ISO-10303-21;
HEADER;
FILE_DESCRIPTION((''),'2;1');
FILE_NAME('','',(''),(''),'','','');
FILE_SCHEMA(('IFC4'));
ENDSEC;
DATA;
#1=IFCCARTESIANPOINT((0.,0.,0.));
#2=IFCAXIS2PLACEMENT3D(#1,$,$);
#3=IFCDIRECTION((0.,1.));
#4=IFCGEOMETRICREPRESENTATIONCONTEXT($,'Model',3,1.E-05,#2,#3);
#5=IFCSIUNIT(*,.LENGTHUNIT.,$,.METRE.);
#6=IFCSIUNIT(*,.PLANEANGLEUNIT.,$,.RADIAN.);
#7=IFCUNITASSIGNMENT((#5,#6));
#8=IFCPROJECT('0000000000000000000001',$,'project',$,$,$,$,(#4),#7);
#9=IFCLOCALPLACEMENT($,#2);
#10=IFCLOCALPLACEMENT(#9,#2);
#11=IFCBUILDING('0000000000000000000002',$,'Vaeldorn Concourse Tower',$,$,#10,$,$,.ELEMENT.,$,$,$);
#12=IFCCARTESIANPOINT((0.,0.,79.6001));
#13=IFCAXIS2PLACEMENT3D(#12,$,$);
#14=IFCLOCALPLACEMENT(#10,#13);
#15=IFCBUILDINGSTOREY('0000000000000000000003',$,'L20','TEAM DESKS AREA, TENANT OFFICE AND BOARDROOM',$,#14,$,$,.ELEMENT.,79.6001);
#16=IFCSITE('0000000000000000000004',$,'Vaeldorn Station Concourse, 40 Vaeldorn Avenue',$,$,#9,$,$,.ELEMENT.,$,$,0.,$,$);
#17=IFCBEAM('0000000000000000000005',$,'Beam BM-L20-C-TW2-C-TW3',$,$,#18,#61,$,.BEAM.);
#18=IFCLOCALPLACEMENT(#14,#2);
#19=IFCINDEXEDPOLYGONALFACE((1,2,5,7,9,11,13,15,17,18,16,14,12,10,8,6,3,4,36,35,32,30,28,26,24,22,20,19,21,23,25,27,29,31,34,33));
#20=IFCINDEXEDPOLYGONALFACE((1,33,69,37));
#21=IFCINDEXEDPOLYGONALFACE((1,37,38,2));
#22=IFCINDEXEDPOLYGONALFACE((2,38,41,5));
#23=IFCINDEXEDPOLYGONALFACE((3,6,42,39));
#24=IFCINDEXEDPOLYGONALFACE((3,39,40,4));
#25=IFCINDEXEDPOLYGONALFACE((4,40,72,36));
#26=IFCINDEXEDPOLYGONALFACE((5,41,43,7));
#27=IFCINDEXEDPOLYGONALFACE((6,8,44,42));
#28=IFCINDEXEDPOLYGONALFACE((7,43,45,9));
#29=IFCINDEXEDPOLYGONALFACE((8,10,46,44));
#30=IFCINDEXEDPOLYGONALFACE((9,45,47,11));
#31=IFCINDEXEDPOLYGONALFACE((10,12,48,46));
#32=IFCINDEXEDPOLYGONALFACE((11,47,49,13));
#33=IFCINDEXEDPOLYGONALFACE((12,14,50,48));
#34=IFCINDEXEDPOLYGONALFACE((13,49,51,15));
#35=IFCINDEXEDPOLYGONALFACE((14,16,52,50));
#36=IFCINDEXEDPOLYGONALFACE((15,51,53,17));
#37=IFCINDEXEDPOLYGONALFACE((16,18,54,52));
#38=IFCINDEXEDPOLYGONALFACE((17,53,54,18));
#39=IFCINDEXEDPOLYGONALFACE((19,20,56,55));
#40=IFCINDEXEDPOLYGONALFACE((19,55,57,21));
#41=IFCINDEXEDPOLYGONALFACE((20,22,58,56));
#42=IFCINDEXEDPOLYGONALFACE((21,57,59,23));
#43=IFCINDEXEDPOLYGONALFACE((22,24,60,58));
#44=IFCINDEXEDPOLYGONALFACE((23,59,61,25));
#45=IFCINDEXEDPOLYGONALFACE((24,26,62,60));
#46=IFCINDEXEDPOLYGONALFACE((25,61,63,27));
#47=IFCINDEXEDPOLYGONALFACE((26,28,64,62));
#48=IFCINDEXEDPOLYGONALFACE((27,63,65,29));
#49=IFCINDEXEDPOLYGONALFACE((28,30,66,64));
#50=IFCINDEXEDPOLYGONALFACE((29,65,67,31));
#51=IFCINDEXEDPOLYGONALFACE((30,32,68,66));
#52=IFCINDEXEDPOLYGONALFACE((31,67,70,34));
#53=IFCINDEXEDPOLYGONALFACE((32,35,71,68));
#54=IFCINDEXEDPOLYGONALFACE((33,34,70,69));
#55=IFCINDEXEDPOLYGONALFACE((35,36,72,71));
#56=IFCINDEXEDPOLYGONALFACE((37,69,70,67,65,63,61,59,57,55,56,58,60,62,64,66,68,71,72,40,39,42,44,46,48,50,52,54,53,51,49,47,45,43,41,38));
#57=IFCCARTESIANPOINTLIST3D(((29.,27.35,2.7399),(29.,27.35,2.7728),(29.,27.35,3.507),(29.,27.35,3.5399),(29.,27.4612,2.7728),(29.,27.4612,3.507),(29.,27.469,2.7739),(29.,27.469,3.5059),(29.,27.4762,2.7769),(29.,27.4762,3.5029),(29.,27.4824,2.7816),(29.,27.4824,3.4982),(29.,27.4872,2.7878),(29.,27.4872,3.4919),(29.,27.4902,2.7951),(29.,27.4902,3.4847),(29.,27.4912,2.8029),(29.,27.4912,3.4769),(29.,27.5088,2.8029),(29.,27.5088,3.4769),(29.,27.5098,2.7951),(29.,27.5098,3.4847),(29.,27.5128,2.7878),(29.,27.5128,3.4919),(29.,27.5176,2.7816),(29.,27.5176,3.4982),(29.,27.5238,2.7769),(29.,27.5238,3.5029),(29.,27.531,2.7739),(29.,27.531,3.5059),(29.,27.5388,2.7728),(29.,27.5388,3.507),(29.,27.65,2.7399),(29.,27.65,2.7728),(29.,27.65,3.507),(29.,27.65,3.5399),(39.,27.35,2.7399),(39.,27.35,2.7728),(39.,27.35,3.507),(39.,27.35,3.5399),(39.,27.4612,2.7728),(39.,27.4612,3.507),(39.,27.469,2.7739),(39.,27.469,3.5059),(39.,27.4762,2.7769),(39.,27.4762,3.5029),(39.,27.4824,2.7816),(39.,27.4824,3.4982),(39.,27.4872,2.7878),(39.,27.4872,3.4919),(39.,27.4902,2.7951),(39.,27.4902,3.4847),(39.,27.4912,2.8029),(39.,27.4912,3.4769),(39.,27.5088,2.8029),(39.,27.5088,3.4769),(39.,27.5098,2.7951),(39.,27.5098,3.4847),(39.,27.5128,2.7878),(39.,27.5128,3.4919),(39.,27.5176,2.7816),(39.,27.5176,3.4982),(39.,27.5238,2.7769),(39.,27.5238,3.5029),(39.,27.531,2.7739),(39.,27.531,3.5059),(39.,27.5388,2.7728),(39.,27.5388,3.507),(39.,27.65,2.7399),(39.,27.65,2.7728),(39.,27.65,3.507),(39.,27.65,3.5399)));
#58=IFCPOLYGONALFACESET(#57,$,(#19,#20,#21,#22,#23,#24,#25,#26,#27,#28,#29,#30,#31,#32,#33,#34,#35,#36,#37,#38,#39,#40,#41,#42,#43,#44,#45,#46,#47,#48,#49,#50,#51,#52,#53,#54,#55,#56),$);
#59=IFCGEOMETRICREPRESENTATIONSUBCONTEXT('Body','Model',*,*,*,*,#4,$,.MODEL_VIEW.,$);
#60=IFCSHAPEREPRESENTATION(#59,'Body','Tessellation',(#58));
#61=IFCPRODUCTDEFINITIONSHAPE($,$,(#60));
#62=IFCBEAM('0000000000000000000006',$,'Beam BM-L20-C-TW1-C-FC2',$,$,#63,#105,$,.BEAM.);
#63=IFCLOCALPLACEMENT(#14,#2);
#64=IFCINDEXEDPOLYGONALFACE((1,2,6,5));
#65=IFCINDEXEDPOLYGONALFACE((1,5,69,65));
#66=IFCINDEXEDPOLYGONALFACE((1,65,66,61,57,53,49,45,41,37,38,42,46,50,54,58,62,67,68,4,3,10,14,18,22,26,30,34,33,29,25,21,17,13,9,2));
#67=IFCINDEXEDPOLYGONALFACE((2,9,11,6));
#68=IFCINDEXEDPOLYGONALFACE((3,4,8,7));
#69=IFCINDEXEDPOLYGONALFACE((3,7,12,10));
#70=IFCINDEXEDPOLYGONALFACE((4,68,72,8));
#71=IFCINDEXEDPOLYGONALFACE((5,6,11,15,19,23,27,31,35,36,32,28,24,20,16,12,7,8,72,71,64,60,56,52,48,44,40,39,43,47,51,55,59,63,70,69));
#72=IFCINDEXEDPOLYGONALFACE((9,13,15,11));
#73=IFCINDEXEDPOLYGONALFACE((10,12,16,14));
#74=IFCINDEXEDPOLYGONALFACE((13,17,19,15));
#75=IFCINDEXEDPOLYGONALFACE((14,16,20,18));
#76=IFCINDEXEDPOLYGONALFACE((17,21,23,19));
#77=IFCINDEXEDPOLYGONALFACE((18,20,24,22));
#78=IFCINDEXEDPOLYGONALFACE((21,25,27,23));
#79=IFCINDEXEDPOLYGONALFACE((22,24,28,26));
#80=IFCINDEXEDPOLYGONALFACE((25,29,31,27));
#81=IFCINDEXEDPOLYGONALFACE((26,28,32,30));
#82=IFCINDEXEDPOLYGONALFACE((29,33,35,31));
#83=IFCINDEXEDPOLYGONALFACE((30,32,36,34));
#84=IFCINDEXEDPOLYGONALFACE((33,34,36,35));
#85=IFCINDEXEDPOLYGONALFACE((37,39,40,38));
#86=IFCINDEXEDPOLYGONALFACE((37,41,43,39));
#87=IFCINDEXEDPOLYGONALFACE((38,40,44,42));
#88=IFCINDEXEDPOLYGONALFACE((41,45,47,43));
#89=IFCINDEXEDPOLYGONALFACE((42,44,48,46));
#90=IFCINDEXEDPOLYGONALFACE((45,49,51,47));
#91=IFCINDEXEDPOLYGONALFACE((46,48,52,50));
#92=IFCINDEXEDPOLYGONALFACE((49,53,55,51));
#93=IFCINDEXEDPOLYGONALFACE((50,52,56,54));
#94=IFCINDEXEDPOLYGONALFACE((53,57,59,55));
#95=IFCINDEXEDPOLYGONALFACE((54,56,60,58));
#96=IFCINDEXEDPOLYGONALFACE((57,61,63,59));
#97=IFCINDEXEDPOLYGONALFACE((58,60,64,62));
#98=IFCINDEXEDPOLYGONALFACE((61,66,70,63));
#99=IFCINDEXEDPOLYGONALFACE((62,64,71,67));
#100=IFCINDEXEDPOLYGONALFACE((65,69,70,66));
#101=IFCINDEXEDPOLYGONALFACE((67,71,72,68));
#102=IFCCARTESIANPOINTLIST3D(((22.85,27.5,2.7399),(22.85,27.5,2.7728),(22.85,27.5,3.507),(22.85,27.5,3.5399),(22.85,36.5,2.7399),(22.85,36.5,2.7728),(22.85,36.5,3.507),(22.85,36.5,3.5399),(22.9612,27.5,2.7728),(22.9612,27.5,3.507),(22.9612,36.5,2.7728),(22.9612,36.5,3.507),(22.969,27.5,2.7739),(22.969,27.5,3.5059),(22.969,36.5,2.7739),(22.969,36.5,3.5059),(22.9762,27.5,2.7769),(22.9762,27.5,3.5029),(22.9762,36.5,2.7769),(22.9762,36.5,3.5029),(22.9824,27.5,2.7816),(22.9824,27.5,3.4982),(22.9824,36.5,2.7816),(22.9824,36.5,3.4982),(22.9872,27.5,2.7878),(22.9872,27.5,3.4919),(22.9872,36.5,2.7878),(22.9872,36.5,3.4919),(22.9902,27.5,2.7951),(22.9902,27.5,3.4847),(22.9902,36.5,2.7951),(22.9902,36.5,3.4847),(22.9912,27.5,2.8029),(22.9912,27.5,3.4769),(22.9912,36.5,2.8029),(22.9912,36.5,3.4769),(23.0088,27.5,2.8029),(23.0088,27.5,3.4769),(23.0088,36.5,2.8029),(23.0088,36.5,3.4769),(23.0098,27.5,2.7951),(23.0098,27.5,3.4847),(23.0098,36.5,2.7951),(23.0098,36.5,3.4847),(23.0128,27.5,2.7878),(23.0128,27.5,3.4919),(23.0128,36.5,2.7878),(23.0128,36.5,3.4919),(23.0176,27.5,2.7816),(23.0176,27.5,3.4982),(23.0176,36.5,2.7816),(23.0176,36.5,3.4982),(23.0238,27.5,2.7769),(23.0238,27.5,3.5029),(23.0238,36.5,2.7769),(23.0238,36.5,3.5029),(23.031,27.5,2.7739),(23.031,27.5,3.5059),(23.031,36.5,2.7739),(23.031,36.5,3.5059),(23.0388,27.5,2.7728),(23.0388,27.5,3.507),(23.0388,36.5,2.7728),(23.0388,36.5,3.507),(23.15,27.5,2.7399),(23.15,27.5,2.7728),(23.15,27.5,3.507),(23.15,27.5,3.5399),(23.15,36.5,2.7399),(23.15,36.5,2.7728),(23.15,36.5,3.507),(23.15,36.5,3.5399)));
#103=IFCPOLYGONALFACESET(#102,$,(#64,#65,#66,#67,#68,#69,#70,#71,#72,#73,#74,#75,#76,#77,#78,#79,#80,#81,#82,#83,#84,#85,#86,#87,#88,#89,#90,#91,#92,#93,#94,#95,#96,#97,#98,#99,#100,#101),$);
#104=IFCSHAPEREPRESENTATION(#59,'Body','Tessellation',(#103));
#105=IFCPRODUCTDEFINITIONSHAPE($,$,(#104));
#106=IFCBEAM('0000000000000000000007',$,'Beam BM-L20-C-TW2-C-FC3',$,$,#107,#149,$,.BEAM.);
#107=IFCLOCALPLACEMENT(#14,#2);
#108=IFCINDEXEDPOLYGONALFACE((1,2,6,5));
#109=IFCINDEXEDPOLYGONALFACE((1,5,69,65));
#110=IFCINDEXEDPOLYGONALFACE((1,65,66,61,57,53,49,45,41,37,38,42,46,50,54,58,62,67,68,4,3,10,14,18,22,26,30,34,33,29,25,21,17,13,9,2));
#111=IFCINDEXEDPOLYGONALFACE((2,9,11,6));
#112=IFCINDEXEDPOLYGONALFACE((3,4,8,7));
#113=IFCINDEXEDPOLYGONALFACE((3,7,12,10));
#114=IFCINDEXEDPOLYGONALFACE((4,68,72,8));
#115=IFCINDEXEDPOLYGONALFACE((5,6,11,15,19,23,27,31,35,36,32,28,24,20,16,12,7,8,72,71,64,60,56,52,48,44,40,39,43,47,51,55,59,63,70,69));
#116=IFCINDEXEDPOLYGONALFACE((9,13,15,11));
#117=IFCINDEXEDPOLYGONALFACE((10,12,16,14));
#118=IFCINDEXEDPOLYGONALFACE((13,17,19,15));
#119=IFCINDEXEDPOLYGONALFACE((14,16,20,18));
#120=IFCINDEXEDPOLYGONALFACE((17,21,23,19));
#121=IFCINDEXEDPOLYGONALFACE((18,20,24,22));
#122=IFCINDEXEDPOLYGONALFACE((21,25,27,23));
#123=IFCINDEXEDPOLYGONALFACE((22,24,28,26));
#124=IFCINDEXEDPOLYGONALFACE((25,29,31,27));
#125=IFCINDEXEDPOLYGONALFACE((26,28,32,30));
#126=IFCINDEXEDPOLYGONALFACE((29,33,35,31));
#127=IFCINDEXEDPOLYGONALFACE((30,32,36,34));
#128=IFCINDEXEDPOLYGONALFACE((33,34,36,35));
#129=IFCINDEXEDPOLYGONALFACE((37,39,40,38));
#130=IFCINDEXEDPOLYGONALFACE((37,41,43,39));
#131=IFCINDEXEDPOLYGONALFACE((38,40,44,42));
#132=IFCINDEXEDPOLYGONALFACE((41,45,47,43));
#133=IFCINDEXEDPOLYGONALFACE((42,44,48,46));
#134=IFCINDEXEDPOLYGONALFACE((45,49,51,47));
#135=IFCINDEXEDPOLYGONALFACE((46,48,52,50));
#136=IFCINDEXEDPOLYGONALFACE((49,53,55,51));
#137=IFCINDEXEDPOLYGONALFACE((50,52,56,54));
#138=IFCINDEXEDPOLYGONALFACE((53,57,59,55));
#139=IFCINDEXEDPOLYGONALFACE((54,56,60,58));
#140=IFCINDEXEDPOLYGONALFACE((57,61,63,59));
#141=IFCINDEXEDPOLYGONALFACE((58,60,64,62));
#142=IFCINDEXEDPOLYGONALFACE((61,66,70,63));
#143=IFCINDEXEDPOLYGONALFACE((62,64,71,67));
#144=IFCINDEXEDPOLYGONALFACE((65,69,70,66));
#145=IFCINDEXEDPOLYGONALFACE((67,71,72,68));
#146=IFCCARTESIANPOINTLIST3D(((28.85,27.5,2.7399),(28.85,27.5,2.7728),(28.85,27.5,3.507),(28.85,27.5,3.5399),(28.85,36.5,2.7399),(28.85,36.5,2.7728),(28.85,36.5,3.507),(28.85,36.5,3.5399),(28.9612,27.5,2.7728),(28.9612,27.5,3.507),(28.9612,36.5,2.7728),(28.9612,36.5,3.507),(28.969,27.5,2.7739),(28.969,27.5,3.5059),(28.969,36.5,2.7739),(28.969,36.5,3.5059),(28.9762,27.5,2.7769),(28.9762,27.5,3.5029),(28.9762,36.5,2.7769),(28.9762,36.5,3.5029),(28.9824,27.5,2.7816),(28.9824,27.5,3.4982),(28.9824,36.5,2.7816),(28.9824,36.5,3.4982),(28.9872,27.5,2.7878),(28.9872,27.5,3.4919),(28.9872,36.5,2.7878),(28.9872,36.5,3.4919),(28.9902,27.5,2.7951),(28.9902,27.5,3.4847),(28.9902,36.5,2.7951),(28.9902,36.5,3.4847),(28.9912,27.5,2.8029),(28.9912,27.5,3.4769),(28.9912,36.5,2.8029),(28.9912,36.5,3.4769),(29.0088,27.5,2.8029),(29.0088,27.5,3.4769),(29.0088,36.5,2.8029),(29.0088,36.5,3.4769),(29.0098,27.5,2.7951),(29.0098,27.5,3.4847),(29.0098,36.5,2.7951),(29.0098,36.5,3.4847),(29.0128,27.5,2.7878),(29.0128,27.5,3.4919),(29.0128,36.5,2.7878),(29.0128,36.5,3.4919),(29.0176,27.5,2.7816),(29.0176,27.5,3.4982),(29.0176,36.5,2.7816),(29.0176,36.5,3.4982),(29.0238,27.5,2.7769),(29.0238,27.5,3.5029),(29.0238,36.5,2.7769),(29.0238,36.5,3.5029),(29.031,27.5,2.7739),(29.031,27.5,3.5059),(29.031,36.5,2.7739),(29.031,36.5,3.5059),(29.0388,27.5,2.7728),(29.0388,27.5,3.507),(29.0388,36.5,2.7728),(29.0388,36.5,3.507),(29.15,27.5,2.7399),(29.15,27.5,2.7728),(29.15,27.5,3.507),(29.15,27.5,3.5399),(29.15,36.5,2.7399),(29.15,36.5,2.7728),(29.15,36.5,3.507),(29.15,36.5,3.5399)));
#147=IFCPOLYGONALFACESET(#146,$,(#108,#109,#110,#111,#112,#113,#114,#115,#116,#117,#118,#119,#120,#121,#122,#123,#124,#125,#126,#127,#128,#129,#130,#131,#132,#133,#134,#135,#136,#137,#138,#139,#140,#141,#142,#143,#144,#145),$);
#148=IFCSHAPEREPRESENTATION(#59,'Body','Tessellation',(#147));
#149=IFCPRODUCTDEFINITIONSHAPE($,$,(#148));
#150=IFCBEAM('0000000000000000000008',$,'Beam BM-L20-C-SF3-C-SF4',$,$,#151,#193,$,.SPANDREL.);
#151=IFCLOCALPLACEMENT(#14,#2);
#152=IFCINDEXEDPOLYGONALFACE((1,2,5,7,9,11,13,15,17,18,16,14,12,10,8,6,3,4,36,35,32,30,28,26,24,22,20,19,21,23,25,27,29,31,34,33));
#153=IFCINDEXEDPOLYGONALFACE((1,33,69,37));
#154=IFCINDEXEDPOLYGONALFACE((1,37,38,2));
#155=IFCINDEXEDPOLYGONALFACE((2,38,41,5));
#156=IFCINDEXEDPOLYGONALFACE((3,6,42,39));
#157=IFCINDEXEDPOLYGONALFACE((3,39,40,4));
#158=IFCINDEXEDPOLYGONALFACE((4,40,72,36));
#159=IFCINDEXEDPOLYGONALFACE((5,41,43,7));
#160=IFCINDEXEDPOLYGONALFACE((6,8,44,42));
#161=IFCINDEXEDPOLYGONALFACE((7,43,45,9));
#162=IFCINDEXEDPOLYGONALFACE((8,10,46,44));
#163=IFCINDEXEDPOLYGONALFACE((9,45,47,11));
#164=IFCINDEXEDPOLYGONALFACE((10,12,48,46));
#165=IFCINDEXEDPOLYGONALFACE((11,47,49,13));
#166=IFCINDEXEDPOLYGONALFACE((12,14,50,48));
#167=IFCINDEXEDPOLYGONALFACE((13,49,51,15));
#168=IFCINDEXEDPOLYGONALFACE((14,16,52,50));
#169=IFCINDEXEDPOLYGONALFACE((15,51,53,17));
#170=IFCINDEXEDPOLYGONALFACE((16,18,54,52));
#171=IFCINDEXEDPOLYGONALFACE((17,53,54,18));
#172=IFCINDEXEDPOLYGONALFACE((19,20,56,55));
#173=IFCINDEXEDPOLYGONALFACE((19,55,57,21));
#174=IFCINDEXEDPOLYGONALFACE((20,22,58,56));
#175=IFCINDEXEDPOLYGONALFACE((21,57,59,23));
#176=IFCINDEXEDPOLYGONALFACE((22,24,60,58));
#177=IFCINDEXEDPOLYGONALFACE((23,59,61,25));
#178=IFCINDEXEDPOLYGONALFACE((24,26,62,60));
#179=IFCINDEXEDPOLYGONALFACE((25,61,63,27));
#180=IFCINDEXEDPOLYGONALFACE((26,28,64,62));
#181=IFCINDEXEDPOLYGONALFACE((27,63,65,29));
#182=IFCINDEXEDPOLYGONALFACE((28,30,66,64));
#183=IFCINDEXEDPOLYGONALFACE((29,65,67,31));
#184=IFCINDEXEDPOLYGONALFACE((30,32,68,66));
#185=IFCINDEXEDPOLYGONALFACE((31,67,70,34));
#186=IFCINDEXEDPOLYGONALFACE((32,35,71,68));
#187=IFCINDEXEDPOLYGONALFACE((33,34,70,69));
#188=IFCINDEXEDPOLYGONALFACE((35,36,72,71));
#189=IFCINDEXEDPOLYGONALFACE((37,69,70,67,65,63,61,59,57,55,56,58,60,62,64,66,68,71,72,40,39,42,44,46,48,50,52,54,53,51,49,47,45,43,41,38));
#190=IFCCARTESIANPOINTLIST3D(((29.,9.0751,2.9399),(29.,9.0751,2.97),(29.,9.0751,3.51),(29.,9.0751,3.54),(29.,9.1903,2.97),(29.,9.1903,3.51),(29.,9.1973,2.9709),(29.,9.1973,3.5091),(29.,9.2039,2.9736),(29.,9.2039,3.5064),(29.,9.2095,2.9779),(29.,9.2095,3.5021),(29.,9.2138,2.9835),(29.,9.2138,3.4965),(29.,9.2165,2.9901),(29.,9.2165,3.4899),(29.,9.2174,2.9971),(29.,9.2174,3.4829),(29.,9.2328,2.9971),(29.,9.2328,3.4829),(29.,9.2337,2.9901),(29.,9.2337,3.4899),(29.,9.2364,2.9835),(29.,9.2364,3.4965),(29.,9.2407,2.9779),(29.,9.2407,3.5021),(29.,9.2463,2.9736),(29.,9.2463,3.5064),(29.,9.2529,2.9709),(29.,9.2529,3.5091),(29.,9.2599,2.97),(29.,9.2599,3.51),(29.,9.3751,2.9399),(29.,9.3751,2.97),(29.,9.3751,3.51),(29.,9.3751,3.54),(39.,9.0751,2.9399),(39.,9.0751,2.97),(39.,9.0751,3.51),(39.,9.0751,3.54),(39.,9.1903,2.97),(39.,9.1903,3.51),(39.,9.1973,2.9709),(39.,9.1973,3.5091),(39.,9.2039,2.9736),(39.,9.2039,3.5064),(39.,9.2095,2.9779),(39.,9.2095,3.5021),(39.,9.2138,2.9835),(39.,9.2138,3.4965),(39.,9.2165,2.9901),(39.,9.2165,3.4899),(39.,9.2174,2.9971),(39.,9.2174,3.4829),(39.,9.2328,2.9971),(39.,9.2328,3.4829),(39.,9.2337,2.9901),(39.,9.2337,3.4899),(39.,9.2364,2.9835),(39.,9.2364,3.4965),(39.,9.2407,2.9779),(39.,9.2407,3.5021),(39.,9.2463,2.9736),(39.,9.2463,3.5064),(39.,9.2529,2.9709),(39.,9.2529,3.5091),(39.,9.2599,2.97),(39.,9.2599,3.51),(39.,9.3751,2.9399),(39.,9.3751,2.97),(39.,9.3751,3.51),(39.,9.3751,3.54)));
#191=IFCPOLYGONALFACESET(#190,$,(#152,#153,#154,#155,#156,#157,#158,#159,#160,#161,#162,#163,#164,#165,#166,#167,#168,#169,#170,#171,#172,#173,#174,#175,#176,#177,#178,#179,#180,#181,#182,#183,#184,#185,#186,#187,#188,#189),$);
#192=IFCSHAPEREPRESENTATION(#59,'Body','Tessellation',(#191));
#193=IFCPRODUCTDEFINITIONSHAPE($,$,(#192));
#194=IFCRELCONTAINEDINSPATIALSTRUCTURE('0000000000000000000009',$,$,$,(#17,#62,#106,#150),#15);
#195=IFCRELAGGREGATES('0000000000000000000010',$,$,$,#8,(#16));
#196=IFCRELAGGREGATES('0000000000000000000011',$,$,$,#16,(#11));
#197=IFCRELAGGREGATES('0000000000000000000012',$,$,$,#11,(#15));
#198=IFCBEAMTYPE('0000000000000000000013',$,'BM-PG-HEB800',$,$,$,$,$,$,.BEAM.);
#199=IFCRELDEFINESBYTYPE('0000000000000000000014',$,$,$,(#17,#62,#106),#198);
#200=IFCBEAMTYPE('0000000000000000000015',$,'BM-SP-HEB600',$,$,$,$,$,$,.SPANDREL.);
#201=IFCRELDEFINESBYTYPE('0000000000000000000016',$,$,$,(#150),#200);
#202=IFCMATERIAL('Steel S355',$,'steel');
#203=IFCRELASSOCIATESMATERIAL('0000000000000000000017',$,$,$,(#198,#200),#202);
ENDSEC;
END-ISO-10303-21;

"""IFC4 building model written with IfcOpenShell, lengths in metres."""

from ifc_helpers import new_model, si_unit, direction, frame, origin, origin_2d, place, context, subcontext, project, spatial, i_section, extrude, source, transform, mapped, material, material_profile, profile_set, type_object, element, save


model = new_model("IFC4")

# Units and contexts
model_context = context("Model", 3, precision=1e-05, world=origin(), true_north=direction((0.0, 1.0)))
body_context = subcontext(model_context, "Body", "Model", "MODEL_VIEW")
ifc_project = project(units=[si_unit("LENGTHUNIT", "METRE"), si_unit("PLANEANGLEUNIT", "RADIAN")], contexts=[model_context])

# Site, building, storey
site_placement = place(None, origin())
site = spatial("IfcSite", under=ifc_project, at=site_placement, Name="Vaeldorn Station Concourse, 40 Vaeldorn Avenue", CompositionType="ELEMENT", RefElevation=0.0)
building_placement = place(site_placement, origin())
building = spatial("IfcBuilding", under=site, at=building_placement, Name="Vaeldorn Concourse Tower", CompositionType="ELEMENT")
storey_placement = place(building_placement, frame((0.0, 0.0, 79.6001)))
storey = spatial("IfcBuildingStorey", under=building, at=storey_placement, Name="L20", Description="TEAM DESKS AREA, TENANT OFFICE AND BOARDROOM", CompositionType="ELEMENT", Elevation=79.6001)

# Beams
ifc_material_1 = material(Name="Steel S355", Category="steel")
ifc_material_profile_1 = material_profile(ifc_material_1, i_section(OverallWidth=0.3, OverallDepth=0.8, WebThickness=0.0176, FlangeThickness=0.033, FilletRadius=0.03, at=origin_2d()), Name="HEB 800")
ifc_profile_set_1 = profile_set([ifc_material_profile_1], Name="Steel S355")
beam_type_1 = type_object("IfcBeamType", Name="BM-PG-HEB800", PredefinedType="BEAM", material=ifc_profile_set_1)
shared_shape_1 = source(origin(), body_context, "Body", "SweptSolid", [
    extrude(i_section(OverallWidth=0.3, OverallDepth=0.8, WebThickness=0.0176, FlangeThickness=0.033, FilletRadius=0.03, at=origin_2d()), origin(), (0.0, 0.0, 1.0), 10.0),
])
beam_1_placement = place(storey_placement, frame((29.0, 27.5, 3.1399), z_axis=(1.0, 0.0, 0.0), x_axis=(0.0, 1.0, 0.0)))
element("IfcBeam", 1, at=beam_1_placement, inside=storey, type_object=beam_type_1, Name="Beam BM-L20-C-TW2-C-TW3", PredefinedType="BEAM", context=body_context, shape_type="MappedRepresentation", body=[
    mapped(shared_shape_1, transform((0.0, 0.0, 0.0), scale=1.0)),
])
shared_shape_2 = source(origin(), body_context, "Body", "SweptSolid", [
    extrude(i_section(OverallWidth=0.3, OverallDepth=0.8, WebThickness=0.0176, FlangeThickness=0.033, FilletRadius=0.03, at=origin_2d()), origin(), (0.0, 0.0, 1.0), 9.0),
])
for number, where, z_axis, x_axis, name in (
    (2, (23.0, 27.5, 3.1399), (0.0, 1.0, 0.0), (-1.0, 0.0, 0.0), "Beam BM-L20-C-TW1-C-FC2"),
    (3, (29.0, 27.5, 3.1399), (0.0, 1.0, 0.0), (-1.0, 0.0, 0.0), "Beam BM-L20-C-TW2-C-FC3"),
):
    element("IfcBeam", number, at=place(storey_placement, frame(where, z_axis=z_axis, x_axis=x_axis)), inside=storey, type_object=beam_type_1, Name=name, PredefinedType="BEAM", context=body_context, shape_type="MappedRepresentation", body=[
        mapped(shared_shape_2, transform((0.0, 0.0, 0.0), scale=1.0)),
    ])
ifc_material_profile_2 = material_profile(ifc_material_1, i_section(OverallWidth=0.3, OverallDepth=0.6001, WebThickness=0.0154, FlangeThickness=0.03, FilletRadius=0.0271, at=origin_2d()), Name="HEB 600")
ifc_profile_set_2 = profile_set([ifc_material_profile_2], Name="Steel S355")
beam_type_2 = type_object("IfcBeamType", Name="BM-SP-HEB600", PredefinedType="SPANDREL", material=ifc_profile_set_2)
shared_shape_3 = source(origin(), body_context, "Body", "SweptSolid", [
    extrude(i_section(OverallWidth=0.3, OverallDepth=0.6001, WebThickness=0.0154, FlangeThickness=0.03, FilletRadius=0.0271, at=origin_2d()), origin(), (0.0, 0.0, 1.0), 10.0),
])
beam_2_placement = place(storey_placement, frame((29.0, 9.2251, 3.24), z_axis=(1.0, 0.0, 0.0), x_axis=(0.0, 1.0, 0.0)))
element("IfcBeam", 4, at=beam_2_placement, inside=storey, type_object=beam_type_2, Name="Beam BM-L20-C-SF3-C-SF4", PredefinedType="SPANDREL", context=body_context, shape_type="MappedRepresentation", body=[
    mapped(shared_shape_3, transform((0.0, 0.0, 0.0), scale=1.0)),
])

save(model, "model.ifc")
